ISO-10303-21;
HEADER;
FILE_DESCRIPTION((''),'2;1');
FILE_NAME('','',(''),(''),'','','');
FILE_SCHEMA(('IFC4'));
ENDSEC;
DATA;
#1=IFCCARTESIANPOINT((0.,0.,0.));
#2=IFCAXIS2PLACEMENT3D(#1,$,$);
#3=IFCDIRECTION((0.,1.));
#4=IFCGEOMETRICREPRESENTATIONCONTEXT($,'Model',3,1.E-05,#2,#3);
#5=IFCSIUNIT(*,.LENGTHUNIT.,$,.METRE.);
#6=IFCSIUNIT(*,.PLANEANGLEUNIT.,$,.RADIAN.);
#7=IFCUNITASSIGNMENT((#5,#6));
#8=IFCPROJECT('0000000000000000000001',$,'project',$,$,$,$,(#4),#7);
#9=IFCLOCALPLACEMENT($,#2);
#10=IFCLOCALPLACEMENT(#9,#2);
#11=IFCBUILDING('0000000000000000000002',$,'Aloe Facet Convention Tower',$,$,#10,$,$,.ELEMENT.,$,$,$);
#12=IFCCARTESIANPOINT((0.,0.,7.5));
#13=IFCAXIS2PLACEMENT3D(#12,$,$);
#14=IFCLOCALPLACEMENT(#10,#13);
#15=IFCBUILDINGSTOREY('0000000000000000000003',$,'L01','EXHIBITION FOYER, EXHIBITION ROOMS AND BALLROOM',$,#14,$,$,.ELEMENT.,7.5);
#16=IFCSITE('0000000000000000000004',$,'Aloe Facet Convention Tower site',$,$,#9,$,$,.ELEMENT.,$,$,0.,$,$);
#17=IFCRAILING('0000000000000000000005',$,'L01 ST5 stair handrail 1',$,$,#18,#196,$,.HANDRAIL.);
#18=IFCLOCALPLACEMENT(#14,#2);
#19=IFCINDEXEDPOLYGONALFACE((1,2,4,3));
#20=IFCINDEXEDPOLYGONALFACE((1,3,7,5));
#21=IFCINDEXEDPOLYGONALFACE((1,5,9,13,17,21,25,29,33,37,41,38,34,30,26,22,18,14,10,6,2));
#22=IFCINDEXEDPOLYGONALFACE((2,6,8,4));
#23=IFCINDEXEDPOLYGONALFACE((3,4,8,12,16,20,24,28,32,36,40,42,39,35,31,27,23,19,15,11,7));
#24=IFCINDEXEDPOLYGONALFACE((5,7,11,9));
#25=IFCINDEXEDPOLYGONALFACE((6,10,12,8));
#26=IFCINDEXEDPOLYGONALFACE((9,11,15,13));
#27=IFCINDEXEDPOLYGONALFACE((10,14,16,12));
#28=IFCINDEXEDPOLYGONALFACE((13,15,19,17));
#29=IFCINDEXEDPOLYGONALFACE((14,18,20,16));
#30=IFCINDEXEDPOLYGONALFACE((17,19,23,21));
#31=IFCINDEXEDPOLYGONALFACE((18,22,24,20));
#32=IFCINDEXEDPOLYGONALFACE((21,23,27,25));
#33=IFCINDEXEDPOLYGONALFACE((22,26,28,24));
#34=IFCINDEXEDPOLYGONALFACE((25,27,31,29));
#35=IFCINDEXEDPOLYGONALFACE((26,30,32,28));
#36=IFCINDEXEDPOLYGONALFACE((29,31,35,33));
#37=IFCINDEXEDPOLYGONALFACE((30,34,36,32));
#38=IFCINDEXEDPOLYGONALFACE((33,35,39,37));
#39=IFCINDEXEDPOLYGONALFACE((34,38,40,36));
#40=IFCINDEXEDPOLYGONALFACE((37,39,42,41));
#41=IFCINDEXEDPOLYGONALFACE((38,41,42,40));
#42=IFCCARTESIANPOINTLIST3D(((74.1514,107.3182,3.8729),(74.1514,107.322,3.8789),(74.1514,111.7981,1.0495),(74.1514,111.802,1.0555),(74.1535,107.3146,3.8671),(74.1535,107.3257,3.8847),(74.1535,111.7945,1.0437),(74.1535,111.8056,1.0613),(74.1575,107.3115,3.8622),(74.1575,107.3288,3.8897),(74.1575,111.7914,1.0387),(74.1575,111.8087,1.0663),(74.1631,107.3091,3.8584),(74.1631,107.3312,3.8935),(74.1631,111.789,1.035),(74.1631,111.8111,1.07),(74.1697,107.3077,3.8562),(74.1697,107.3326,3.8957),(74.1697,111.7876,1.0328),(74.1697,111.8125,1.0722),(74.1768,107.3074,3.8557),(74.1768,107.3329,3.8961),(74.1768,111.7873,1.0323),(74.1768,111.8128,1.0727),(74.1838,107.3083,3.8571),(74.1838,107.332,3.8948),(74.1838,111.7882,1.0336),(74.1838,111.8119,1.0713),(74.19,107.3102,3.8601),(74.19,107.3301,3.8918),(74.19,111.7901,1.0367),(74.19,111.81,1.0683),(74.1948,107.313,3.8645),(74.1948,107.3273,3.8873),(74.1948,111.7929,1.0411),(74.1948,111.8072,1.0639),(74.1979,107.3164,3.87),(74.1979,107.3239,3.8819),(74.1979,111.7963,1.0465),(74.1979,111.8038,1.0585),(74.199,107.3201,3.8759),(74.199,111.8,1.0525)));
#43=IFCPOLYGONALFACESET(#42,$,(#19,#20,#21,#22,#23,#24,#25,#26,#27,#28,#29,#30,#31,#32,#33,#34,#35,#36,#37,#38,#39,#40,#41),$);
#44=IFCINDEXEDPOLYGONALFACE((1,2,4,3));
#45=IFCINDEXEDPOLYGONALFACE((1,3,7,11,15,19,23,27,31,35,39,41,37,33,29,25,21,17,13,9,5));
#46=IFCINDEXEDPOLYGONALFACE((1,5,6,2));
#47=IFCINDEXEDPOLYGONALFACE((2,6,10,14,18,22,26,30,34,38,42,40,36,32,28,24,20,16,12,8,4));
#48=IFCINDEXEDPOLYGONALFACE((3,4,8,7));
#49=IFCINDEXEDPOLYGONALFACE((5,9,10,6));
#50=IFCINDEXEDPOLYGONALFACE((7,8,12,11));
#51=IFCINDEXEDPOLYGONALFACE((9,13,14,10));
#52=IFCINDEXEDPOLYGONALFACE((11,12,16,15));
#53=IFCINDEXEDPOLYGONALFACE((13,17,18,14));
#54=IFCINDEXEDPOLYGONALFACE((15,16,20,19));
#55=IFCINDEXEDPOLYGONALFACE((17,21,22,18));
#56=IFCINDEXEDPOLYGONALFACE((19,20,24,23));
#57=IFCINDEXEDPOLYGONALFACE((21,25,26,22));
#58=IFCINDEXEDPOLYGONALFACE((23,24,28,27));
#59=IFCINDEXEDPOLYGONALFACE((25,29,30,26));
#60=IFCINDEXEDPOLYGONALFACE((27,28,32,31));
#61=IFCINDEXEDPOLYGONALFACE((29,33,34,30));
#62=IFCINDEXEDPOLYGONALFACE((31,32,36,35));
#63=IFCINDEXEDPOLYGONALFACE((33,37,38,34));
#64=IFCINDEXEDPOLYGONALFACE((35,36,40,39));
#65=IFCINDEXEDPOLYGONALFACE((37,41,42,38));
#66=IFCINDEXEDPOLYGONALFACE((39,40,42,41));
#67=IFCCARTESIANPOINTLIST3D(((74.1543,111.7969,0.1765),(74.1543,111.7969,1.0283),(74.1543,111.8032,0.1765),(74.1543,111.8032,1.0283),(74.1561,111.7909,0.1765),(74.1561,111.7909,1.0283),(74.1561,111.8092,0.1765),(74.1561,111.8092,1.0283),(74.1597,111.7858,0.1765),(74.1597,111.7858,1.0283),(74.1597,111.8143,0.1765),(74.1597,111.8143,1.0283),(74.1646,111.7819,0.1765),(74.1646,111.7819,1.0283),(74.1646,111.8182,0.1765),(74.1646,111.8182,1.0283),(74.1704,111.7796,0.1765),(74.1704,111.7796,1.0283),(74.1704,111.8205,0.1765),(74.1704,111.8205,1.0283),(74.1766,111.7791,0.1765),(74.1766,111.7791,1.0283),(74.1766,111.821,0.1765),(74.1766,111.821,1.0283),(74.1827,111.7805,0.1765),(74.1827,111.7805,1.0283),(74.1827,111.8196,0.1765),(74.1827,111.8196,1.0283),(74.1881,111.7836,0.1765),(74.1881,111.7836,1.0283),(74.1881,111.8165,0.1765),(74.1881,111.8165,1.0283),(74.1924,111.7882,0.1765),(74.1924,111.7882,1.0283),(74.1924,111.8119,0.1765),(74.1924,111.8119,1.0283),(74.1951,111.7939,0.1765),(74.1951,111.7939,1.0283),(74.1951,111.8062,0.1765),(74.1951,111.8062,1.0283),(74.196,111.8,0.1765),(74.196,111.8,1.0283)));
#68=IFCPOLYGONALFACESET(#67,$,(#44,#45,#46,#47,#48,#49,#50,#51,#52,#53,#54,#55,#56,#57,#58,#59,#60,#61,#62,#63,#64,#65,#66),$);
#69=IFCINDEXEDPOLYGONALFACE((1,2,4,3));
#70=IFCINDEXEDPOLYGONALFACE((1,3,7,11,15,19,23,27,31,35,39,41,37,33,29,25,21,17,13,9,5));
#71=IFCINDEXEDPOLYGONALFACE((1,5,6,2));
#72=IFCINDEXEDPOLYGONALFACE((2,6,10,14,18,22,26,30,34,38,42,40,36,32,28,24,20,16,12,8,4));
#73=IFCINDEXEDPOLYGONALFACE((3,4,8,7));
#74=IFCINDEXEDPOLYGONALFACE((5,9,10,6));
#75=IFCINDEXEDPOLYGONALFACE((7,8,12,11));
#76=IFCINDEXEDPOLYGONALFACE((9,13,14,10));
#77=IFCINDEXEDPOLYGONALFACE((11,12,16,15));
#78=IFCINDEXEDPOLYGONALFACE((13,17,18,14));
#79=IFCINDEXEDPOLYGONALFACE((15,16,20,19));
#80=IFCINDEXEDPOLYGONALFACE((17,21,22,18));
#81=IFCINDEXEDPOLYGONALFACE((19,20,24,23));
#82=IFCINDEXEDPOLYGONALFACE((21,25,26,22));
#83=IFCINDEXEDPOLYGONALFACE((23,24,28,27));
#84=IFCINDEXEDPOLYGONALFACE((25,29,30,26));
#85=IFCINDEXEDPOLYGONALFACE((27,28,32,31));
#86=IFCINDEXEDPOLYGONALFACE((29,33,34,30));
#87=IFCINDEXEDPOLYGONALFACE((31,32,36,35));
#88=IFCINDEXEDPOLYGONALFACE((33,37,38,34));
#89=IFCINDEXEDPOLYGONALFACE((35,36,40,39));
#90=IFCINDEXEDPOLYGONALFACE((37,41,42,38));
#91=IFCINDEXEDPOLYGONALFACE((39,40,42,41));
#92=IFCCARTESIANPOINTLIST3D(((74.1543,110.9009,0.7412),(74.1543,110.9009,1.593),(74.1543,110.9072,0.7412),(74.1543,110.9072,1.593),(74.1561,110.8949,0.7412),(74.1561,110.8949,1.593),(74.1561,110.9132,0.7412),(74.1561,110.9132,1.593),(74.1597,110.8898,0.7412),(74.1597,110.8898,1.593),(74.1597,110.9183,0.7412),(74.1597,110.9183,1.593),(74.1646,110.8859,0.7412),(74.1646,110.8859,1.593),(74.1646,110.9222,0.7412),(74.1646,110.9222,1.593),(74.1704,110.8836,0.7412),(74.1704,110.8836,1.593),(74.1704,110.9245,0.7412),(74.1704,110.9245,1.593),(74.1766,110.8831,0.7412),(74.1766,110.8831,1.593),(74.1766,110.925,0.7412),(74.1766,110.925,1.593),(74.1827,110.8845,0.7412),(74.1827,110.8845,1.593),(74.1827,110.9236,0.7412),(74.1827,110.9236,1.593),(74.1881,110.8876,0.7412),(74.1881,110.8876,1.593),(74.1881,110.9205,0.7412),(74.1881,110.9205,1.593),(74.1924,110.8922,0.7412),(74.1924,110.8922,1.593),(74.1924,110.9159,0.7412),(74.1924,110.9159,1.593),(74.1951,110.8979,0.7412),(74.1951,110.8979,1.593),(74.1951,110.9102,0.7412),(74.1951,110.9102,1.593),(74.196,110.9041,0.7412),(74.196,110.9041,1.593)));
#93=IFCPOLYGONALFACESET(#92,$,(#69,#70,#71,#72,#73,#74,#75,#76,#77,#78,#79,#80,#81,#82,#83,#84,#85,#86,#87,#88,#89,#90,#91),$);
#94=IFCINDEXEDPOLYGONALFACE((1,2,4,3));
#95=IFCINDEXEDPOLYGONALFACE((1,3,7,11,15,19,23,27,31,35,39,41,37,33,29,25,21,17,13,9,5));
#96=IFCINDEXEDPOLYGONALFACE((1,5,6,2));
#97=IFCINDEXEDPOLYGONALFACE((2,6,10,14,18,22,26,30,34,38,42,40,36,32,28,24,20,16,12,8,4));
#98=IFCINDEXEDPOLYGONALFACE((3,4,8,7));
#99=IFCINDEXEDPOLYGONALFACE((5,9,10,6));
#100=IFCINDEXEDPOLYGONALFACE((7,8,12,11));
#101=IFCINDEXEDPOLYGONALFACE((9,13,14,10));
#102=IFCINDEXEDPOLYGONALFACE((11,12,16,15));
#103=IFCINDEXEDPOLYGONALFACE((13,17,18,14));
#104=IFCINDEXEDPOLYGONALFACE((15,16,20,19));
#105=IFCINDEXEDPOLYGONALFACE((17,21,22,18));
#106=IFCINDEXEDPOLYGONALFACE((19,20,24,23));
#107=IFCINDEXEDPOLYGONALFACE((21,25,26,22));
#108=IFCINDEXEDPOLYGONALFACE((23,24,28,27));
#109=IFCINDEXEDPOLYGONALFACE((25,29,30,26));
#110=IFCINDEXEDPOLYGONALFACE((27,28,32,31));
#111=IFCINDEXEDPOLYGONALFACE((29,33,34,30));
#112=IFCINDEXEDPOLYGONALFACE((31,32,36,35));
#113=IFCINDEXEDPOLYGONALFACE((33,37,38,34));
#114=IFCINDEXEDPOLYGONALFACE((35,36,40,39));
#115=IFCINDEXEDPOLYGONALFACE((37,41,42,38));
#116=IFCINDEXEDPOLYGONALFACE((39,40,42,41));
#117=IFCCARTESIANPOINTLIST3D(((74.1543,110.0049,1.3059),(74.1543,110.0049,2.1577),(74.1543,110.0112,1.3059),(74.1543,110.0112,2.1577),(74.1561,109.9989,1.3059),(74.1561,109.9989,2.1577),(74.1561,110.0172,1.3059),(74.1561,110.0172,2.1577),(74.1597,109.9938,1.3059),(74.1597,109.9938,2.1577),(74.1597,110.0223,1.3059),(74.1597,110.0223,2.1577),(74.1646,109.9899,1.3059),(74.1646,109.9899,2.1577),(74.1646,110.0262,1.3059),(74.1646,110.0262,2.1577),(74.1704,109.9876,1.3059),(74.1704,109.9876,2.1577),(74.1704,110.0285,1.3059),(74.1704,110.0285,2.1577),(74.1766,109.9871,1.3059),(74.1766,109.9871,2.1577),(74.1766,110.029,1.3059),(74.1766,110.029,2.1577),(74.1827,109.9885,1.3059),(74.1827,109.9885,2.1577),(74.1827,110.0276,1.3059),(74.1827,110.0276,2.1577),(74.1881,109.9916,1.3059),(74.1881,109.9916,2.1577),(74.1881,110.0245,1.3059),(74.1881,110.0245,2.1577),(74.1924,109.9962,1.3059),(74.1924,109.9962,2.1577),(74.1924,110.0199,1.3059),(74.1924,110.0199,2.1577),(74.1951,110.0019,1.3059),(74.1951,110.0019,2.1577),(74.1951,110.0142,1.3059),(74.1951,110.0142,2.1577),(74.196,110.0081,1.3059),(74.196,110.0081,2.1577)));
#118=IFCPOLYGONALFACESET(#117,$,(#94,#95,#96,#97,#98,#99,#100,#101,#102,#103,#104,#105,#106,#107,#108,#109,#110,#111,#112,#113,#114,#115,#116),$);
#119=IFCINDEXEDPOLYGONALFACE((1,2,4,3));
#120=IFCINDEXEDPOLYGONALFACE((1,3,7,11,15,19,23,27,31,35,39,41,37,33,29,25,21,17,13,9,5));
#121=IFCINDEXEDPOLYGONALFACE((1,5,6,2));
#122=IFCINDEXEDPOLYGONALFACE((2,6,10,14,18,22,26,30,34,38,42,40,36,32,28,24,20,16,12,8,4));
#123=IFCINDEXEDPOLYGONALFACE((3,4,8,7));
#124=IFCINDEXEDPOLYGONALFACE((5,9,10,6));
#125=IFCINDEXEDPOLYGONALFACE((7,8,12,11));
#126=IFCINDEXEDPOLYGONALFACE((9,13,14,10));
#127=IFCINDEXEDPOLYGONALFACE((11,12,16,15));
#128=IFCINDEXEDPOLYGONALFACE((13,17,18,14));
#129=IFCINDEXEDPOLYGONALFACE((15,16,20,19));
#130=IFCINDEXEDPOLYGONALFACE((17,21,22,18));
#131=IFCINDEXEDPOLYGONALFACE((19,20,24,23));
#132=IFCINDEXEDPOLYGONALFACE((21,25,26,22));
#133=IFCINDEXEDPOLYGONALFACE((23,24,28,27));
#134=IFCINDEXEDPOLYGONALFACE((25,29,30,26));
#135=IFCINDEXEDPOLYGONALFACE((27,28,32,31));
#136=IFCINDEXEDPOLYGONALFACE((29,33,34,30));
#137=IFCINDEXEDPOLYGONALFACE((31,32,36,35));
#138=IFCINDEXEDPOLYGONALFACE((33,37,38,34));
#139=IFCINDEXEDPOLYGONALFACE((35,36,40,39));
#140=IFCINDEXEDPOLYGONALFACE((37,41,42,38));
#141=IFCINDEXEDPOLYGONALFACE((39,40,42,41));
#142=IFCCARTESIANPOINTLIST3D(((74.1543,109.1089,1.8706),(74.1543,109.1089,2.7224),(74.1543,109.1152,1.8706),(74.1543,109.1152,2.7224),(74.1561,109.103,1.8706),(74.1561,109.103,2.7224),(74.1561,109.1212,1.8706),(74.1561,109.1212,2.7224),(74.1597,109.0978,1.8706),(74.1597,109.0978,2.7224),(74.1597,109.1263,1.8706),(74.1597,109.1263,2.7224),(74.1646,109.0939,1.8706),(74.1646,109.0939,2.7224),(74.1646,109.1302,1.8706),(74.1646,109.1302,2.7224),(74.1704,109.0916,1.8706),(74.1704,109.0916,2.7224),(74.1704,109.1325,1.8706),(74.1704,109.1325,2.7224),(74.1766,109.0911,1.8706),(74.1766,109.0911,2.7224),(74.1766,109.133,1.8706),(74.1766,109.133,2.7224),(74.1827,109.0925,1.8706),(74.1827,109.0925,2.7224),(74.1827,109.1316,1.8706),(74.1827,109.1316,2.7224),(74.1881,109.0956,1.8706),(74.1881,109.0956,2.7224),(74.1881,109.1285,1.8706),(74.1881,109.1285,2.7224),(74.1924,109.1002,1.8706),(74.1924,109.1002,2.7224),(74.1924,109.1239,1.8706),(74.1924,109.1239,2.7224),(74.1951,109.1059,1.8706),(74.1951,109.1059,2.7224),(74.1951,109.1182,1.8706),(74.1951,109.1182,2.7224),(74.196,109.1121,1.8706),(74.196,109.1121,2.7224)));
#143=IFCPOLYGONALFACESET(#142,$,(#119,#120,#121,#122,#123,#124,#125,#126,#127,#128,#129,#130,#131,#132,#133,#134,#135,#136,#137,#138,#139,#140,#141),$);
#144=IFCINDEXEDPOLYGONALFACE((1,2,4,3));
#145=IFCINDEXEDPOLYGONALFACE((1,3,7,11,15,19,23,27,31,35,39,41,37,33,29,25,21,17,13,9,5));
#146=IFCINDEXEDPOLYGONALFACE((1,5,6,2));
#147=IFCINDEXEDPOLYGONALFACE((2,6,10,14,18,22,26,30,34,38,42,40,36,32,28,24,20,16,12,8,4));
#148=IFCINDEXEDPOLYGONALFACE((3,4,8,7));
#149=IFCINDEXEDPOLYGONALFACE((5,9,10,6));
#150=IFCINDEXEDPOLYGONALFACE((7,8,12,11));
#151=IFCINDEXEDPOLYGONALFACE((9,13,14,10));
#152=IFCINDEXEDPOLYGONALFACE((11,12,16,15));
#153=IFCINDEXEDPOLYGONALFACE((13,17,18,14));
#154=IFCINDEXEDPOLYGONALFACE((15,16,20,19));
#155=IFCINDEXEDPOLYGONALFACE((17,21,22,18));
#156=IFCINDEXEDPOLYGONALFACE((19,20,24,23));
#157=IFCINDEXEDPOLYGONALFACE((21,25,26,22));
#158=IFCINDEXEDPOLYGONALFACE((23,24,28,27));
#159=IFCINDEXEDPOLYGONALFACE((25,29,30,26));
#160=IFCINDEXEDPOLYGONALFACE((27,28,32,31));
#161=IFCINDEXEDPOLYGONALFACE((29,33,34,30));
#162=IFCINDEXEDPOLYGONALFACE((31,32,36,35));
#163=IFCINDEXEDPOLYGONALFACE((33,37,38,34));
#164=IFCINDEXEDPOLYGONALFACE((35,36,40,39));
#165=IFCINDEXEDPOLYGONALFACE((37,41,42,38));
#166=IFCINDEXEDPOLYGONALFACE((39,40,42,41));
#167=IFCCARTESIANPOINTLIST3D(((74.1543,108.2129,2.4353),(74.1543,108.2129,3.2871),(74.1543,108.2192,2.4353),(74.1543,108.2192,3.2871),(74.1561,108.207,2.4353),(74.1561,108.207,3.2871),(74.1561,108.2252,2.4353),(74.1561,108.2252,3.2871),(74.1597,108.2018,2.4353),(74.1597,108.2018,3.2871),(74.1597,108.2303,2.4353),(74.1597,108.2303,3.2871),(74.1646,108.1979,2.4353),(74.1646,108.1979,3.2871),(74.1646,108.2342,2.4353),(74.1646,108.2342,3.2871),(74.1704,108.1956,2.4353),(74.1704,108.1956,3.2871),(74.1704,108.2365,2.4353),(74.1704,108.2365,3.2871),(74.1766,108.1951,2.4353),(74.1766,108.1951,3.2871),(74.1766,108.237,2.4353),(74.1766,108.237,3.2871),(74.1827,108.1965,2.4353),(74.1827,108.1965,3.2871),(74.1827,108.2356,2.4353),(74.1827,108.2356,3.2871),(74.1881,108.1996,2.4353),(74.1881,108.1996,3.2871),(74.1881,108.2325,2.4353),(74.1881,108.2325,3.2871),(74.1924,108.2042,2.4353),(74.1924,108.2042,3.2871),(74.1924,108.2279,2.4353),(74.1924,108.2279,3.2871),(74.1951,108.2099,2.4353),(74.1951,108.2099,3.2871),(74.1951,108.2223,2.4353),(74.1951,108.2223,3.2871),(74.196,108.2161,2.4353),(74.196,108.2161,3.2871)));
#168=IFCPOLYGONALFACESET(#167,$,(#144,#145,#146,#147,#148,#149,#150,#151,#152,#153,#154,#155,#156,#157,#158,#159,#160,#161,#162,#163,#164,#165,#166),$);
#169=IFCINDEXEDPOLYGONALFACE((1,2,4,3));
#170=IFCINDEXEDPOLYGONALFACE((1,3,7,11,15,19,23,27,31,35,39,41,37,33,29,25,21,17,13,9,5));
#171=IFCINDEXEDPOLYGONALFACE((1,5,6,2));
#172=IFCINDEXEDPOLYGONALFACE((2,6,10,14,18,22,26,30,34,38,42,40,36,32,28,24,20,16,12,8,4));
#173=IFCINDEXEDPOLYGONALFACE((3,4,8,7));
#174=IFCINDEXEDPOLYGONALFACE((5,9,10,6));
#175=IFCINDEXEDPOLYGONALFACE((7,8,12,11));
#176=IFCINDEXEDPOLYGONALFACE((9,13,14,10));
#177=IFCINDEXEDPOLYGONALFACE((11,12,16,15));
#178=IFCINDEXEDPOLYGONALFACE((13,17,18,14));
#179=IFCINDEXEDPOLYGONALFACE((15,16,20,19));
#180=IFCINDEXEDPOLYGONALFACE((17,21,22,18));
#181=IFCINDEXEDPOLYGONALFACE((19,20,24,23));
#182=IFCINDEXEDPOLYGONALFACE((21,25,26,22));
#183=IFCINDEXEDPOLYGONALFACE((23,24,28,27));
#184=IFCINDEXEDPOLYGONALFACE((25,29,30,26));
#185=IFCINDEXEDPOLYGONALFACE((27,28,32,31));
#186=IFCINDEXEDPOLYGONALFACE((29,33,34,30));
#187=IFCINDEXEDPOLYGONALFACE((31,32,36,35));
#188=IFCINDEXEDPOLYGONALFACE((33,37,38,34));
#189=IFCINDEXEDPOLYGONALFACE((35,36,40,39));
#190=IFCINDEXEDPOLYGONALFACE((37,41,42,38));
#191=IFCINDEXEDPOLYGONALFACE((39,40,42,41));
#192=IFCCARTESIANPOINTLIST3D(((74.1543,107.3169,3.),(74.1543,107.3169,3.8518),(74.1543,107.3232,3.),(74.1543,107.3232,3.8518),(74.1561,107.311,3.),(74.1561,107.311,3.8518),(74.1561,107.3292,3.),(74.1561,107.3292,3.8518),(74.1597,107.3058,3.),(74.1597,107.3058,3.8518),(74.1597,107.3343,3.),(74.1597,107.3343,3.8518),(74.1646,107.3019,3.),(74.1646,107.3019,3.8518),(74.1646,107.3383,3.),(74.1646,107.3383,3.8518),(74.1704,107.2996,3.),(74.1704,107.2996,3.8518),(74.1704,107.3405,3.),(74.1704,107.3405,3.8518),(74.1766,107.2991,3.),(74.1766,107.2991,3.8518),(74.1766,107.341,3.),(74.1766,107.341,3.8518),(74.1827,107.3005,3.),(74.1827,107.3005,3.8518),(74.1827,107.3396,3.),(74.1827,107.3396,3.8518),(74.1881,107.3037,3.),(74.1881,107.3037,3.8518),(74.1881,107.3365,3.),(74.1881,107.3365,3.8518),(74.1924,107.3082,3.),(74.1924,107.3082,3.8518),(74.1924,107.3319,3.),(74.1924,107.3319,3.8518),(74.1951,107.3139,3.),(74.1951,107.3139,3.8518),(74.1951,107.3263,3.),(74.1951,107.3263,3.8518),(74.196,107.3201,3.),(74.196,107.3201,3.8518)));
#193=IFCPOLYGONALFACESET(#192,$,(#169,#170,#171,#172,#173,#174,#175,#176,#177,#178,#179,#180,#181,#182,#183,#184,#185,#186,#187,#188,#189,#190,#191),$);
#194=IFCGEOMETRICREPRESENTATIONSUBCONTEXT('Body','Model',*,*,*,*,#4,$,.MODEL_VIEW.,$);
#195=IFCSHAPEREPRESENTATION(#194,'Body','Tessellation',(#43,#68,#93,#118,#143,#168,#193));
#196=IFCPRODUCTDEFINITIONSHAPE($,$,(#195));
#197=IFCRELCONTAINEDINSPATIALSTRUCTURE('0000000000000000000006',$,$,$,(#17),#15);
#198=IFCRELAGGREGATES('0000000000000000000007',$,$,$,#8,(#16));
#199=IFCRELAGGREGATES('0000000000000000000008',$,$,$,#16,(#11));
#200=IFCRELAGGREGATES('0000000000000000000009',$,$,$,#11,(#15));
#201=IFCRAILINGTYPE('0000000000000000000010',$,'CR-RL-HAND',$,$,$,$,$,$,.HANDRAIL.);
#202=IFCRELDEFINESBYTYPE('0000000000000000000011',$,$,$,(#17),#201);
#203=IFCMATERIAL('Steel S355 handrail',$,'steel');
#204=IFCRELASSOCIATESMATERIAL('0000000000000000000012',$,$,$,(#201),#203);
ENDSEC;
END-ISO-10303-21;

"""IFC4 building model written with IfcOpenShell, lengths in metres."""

from ifc_helpers import new_model, si_unit, direction, frame, origin, origin_2d, place, context, subcontext, project, spatial, circle, extrude, material, type_object, element, save


model = new_model("IFC4")

# Units and contexts
model_context = context("Model", 3, precision=1e-05, world=origin(), true_north=direction((0.0, 1.0)))
body_context = subcontext(model_context, "Body", "Model", "MODEL_VIEW")
ifc_project = project(units=[si_unit("LENGTHUNIT", "METRE"), si_unit("PLANEANGLEUNIT", "RADIAN")], contexts=[model_context])

# Site, building, storey
site_placement = place(None, origin())
site = spatial("IfcSite", under=ifc_project, at=site_placement, Name="Aloe Facet Convention Tower site", CompositionType="ELEMENT", RefElevation=0.0)
building_placement = place(site_placement, origin())
building = spatial("IfcBuilding", under=site, at=building_placement, Name="Aloe Facet Convention Tower", CompositionType="ELEMENT")
storey_placement = place(building_placement, frame((0.0, 0.0, 7.5)))
storey = spatial("IfcBuildingStorey", under=building, at=storey_placement, Name="L01", Description="EXHIBITION FOYER, EXHIBITION ROOMS AND BALLROOM", CompositionType="ELEMENT", Elevation=7.5)

# Railing
ifc_material_1 = material(Name="Steel S355 handrail", Category="steel")
railing_type_1 = type_object("IfcRailingType", Name="CR-RL-HAND", PredefinedType="HANDRAIL", material=ifc_material_1)
railing_1_placement = place(storey_placement, frame((74.175, 111.8, 0.1765)))
element("IfcRailing", 1, at=railing_1_placement, inside=storey, type_object=railing_type_1, Name="L01 ST5 stair handrail 1", PredefinedType="HANDRAIL", context=body_context, shape_type="SweptSolid", body=[
    extrude(circle(Radius=0.0239, at=origin_2d()), frame((0.0, 0.0, 0.876), z_axis=(0.0, -0.845998, 0.533186), x_axis=(1.0, 0.0, 0.0)), (0.0, 0.0, 1.0), 5.2954),
    extrude(circle(Radius=0.021, at=origin_2d()), origin(), (0.0, 0.0, 1.0), 0.8518),
    extrude(circle(Radius=0.021, at=origin_2d()), frame((0.0, -0.896, 0.5647)), (0.0, 0.0, 1.0), 0.8518),
    extrude(circle(Radius=0.021, at=origin_2d()), frame((0.0, -1.792, 1.1294)), (0.0, 0.0, 1.0), 0.8518),
    extrude(circle(Radius=0.021, at=origin_2d()), frame((0.0, -2.688, 1.6941)), (0.0, 0.0, 1.0), 0.8518),
    extrude(circle(Radius=0.021, at=origin_2d()), frame((0.0, -3.584, 2.2588)), (0.0, 0.0, 1.0), 0.8518),
    extrude(circle(Radius=0.021, at=origin_2d()), frame((0.0, -4.48, 2.8235)), (0.0, 0.0, 1.0), 0.8518),
])

save(model, "model.ifc")
